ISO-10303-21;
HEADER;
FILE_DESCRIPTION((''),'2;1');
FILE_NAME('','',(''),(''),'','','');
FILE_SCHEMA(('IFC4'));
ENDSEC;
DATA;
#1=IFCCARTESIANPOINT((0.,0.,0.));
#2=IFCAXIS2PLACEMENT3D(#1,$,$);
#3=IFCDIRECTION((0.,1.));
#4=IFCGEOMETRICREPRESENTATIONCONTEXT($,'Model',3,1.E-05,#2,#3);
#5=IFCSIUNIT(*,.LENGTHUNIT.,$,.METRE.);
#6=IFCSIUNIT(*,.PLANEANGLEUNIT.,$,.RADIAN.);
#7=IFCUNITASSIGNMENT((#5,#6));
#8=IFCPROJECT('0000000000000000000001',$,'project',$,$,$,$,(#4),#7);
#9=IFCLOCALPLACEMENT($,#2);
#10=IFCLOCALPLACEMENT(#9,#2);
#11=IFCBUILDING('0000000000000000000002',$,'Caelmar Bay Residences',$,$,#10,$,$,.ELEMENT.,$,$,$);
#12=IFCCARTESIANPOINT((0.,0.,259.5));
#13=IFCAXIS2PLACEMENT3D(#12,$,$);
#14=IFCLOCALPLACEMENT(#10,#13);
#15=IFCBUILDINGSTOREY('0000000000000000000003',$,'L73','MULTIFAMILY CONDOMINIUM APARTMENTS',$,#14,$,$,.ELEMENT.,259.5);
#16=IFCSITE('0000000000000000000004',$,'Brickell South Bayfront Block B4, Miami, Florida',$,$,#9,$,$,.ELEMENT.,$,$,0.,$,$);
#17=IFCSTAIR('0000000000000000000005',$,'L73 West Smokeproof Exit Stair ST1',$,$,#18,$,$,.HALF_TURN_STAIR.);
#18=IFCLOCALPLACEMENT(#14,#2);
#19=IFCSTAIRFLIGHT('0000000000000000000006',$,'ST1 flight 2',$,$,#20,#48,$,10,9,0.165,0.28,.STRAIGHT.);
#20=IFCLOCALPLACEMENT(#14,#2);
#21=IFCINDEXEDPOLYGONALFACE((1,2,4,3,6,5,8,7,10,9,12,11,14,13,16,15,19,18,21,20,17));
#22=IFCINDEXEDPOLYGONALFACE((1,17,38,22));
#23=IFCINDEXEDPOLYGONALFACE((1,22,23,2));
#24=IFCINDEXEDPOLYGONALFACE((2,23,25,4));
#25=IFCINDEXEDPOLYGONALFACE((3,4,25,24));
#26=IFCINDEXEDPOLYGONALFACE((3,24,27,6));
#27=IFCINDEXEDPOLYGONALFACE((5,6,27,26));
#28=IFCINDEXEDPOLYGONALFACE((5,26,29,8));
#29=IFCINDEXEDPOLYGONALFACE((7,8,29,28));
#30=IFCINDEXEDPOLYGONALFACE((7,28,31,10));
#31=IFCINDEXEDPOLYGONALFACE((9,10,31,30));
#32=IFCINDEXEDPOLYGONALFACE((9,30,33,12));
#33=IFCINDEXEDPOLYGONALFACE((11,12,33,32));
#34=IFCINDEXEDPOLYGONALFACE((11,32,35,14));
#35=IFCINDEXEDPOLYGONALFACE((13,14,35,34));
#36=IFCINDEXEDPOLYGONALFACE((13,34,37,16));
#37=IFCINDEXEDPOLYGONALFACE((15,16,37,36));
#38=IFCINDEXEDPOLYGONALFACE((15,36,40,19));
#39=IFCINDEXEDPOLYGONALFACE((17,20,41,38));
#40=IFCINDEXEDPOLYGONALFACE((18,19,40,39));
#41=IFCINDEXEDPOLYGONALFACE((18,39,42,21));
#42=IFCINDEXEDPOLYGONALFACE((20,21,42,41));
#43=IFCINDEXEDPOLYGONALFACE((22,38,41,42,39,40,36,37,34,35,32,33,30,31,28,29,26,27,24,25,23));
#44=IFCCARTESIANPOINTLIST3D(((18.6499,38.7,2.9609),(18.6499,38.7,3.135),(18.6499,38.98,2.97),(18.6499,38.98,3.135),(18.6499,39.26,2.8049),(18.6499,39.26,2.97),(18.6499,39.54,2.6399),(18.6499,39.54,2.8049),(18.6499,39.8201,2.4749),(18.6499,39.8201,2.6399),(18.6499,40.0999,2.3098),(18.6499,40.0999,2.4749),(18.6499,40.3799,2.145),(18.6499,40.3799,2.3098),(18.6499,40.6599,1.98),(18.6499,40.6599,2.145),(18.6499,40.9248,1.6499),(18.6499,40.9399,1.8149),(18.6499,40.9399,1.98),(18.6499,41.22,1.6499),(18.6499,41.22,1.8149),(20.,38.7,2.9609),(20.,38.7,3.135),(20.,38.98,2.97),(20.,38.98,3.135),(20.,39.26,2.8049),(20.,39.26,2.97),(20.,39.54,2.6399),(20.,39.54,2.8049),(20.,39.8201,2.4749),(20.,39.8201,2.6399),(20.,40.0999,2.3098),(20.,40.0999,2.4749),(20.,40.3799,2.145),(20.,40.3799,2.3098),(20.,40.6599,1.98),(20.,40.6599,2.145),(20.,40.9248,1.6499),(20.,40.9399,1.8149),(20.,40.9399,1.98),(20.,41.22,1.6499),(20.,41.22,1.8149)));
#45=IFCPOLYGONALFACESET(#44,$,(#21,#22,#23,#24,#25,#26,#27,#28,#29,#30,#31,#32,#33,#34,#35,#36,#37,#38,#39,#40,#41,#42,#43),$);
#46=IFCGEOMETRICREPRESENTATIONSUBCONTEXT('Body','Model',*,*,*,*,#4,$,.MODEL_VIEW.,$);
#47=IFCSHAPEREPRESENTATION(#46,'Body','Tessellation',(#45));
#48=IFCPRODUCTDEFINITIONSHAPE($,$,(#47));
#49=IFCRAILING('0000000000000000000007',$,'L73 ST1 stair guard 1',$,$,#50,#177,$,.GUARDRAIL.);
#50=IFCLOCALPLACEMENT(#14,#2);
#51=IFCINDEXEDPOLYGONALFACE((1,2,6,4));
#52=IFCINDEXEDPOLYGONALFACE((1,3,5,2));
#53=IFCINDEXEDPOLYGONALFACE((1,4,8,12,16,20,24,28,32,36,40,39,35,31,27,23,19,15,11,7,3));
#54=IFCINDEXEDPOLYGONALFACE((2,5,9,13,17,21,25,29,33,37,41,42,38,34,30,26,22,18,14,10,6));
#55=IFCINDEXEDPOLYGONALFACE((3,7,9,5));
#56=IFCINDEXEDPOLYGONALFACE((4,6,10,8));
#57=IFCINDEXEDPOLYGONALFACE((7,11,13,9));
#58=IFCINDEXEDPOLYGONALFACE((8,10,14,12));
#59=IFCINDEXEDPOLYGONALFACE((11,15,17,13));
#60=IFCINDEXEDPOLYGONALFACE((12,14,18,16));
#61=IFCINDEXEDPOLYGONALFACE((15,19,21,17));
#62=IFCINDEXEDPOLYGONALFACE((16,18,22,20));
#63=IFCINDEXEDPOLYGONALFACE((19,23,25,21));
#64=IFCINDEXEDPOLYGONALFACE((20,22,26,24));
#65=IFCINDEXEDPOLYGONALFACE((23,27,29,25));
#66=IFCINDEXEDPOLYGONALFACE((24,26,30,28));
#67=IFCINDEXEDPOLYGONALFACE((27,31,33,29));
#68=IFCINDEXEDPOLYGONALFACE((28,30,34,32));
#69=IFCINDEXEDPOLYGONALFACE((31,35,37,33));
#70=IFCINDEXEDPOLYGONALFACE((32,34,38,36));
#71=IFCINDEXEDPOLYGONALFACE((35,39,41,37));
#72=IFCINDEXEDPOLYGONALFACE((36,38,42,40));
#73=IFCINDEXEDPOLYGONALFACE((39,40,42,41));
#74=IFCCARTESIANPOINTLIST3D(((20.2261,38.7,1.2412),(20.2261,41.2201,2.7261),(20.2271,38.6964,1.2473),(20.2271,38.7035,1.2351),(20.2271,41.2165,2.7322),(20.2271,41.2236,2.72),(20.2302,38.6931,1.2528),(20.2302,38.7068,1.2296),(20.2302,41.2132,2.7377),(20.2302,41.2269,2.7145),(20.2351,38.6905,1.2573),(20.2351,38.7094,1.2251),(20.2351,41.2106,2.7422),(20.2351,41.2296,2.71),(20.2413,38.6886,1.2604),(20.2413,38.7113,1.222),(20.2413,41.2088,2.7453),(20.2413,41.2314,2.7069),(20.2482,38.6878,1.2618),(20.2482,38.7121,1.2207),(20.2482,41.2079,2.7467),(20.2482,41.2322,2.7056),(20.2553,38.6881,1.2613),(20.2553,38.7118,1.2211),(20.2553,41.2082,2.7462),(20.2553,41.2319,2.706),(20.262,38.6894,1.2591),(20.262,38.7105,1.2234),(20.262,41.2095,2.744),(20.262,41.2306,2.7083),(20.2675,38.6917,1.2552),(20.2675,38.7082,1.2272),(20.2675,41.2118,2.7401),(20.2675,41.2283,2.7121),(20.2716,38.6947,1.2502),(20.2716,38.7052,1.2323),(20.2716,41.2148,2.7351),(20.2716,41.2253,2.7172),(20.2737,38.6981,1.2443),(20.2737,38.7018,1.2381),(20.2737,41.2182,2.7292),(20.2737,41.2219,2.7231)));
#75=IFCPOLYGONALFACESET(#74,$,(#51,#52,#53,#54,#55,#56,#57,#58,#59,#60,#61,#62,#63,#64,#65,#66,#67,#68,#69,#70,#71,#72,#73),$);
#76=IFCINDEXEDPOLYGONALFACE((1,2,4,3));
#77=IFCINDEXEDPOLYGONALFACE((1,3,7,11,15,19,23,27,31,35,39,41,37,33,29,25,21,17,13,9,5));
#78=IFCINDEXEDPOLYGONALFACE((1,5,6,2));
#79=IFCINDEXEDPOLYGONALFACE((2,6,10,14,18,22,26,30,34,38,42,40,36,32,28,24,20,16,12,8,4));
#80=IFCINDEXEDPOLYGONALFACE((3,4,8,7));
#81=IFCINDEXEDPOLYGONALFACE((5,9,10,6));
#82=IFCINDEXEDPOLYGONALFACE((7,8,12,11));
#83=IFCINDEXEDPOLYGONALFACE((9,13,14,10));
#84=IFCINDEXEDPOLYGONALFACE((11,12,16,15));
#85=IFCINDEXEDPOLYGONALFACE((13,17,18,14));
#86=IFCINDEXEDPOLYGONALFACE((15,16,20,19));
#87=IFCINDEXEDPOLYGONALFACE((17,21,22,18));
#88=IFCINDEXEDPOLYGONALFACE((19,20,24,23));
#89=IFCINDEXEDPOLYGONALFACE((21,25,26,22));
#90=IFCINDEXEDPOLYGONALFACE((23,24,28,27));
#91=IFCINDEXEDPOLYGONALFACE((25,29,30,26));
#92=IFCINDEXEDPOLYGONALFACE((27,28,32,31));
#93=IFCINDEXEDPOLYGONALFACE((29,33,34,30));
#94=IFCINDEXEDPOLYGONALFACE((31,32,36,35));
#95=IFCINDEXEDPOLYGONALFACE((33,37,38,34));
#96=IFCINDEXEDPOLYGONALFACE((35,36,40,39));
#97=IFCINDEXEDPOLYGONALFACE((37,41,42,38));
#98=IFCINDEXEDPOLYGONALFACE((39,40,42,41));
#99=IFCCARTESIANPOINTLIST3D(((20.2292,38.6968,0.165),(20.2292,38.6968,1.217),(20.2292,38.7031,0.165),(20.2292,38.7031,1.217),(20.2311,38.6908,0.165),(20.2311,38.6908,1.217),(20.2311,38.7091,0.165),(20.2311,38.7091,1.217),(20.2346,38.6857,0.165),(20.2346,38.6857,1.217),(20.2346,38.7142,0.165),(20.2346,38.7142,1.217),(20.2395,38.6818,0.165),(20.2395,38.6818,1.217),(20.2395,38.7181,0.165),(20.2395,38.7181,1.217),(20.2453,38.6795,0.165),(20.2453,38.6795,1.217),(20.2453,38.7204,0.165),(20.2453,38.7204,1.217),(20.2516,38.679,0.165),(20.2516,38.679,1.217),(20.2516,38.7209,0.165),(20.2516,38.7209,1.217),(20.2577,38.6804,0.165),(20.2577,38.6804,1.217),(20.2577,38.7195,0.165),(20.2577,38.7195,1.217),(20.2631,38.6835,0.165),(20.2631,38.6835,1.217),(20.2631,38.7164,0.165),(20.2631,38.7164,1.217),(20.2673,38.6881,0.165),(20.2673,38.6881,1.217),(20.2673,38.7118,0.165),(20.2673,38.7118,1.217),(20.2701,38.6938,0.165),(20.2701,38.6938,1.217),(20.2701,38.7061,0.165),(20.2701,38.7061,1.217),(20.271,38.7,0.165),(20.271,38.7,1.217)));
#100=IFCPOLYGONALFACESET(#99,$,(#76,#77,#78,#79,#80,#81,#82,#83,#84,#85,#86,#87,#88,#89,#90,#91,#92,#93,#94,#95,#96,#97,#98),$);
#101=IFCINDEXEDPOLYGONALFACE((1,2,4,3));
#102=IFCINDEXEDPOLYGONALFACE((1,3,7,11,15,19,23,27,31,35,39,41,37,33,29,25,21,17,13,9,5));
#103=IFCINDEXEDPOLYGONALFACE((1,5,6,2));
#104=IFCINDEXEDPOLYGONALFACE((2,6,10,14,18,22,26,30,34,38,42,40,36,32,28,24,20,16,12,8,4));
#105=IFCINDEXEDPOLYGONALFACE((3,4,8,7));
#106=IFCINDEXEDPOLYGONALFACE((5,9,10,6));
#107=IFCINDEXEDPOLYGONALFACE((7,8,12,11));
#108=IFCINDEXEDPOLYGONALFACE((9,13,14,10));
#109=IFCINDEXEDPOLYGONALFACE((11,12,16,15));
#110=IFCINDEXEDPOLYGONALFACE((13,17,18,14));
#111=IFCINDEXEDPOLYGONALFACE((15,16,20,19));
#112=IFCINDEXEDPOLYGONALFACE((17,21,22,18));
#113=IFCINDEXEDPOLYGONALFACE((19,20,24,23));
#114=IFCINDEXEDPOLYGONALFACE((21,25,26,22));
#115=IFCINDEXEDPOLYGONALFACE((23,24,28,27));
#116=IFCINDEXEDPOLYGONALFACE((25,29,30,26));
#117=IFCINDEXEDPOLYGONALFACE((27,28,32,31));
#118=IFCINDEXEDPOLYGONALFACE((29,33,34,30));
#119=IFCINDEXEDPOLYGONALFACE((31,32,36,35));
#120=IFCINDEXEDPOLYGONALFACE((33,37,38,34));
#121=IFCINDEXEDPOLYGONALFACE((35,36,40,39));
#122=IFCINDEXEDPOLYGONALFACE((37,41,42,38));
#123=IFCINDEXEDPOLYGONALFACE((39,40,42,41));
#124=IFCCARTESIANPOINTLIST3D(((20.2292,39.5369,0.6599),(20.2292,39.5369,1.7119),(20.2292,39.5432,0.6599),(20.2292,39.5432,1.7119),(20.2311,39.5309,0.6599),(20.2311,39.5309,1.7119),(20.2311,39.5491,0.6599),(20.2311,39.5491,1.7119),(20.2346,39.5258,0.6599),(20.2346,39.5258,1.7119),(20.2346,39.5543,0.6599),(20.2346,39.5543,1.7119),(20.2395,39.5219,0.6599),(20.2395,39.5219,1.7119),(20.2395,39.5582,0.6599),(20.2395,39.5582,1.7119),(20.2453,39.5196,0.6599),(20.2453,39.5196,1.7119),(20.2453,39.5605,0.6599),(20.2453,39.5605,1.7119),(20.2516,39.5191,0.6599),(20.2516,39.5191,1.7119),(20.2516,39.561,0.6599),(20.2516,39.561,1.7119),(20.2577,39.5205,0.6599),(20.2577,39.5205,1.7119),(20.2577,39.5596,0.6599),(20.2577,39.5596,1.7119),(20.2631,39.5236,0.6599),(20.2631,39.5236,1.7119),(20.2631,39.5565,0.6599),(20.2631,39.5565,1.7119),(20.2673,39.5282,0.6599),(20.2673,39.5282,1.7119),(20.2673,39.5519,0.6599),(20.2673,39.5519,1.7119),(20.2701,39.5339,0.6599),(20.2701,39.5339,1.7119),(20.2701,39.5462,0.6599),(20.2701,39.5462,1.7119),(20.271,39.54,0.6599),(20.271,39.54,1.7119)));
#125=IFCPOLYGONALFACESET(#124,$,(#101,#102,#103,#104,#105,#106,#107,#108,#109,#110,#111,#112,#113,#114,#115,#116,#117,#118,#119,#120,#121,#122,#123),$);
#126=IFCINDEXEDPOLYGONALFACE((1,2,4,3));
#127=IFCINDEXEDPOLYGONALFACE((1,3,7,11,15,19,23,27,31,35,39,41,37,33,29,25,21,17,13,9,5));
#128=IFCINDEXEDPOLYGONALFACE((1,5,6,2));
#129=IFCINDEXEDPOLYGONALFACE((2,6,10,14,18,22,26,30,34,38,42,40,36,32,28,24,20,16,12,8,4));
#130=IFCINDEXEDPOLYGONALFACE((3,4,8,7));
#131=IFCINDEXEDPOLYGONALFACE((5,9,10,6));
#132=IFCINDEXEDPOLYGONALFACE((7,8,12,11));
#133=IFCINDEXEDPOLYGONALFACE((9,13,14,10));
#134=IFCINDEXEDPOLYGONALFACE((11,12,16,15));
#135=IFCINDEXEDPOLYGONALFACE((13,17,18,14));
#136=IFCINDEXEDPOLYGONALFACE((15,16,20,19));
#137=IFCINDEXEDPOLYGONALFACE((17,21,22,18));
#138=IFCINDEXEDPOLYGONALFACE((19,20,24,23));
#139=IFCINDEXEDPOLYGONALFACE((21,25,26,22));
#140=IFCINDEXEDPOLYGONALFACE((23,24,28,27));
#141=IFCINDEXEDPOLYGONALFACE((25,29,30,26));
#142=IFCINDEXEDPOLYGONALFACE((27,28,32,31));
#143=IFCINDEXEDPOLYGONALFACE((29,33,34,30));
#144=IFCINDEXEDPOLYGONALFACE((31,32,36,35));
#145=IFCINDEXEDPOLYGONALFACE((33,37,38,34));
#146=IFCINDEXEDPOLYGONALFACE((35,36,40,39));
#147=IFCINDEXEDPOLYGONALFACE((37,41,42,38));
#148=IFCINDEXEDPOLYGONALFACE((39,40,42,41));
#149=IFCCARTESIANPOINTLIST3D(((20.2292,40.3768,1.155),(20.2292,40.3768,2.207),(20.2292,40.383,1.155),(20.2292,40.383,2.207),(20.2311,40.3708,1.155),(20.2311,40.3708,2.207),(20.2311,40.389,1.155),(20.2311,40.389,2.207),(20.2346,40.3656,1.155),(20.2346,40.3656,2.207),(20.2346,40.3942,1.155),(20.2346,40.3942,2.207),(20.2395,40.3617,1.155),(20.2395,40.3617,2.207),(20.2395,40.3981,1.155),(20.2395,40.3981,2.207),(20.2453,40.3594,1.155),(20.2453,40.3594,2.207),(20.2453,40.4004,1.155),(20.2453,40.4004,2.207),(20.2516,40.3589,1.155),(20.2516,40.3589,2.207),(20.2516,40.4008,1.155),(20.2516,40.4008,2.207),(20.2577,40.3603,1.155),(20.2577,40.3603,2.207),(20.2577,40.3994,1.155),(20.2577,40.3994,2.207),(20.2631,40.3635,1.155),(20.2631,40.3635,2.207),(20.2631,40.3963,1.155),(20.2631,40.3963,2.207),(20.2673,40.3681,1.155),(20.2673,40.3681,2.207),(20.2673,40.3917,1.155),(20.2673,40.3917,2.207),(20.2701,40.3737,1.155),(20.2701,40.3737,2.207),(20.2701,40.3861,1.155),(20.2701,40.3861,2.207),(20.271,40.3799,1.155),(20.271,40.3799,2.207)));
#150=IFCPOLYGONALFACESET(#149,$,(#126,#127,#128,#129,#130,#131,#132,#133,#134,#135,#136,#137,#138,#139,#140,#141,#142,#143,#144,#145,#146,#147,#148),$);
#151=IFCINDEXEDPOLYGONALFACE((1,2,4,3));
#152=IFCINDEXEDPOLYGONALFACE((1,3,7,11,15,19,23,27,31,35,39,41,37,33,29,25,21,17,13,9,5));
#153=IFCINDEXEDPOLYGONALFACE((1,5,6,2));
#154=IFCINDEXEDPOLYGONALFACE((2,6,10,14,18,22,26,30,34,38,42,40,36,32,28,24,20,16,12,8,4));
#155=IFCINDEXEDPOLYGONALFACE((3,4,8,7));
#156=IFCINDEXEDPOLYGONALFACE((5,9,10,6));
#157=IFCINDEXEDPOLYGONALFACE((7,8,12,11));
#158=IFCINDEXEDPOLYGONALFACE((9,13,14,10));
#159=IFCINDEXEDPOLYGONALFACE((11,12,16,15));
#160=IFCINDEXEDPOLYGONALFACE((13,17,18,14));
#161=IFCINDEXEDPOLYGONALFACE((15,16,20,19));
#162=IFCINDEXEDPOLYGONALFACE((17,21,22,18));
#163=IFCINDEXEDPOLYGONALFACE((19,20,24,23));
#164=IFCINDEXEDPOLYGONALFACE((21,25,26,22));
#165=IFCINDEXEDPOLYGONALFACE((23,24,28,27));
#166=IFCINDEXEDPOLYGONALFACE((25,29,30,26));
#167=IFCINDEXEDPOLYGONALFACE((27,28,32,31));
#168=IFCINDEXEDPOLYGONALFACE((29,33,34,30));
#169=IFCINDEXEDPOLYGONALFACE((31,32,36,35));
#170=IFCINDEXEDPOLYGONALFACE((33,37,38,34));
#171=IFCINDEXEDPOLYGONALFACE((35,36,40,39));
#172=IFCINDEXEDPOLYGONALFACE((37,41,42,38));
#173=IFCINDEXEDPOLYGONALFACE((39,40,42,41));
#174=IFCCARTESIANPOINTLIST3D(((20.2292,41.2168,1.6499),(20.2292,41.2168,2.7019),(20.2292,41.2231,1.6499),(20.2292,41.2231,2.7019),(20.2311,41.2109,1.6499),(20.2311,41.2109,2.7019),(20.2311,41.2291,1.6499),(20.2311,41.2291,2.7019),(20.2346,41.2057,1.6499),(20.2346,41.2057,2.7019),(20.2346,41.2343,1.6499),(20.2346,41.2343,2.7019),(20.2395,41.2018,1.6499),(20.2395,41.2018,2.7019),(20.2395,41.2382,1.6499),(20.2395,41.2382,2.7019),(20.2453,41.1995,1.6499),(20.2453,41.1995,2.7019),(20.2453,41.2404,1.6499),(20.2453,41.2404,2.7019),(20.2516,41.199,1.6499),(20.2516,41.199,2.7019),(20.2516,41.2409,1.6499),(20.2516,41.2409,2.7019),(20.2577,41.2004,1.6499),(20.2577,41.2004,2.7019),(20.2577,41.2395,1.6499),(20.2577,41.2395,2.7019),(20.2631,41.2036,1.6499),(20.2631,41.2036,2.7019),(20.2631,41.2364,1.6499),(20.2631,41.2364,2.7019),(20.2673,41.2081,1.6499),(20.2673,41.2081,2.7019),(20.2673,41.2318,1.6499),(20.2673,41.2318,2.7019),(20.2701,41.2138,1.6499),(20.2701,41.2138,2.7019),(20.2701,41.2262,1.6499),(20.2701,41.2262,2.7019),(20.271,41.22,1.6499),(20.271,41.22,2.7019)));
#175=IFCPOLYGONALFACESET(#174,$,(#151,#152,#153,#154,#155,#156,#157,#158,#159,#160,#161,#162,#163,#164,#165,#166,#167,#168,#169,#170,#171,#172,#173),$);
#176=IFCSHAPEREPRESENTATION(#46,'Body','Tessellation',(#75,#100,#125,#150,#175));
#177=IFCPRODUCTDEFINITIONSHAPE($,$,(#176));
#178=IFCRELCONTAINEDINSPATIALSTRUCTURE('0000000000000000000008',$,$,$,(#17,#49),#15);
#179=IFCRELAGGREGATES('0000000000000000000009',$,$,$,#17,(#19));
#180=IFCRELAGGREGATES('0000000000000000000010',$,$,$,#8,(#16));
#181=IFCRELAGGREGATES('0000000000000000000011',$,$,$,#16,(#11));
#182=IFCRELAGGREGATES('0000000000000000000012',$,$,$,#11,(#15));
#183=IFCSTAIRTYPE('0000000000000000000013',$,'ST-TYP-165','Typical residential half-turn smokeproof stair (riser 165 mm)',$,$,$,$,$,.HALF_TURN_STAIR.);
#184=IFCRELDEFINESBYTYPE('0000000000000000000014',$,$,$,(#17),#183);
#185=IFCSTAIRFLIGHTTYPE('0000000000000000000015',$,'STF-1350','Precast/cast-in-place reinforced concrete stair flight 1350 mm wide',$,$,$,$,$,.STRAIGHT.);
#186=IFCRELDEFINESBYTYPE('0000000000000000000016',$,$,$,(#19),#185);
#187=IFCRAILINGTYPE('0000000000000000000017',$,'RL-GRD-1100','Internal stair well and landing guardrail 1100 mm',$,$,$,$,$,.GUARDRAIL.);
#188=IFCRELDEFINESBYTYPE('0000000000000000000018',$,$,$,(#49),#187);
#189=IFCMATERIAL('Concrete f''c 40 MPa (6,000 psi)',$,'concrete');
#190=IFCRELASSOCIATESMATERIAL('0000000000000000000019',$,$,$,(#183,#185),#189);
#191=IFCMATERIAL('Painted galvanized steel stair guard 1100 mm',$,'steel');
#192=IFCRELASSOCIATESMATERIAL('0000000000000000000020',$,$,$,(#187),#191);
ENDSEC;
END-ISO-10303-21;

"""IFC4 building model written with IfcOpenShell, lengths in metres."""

from ifc_helpers import new_model, si_unit, direction, frame, origin, origin_2d, place, context, subcontext, project, spatial, polyline, circle, outline, extrude, material, type_object, element, aggregate, save


model = new_model("IFC4")

# Units and contexts
model_context = context("Model", 3, precision=1e-05, world=origin(), true_north=direction((0.0, 1.0)))
body_context = subcontext(model_context, "Body", "Model", "MODEL_VIEW")
ifc_project = project(units=[si_unit("LENGTHUNIT", "METRE"), si_unit("PLANEANGLEUNIT", "RADIAN")], contexts=[model_context])

# Site, building, storey
site_placement = place(None, origin())
site = spatial("IfcSite", under=ifc_project, at=site_placement, Name="Brickell South Bayfront Block B4, Miami, Florida", CompositionType="ELEMENT", RefElevation=0.0)
building_placement = place(site_placement, origin())
building = spatial("IfcBuilding", under=site, at=building_placement, Name="Caelmar Bay Residences", CompositionType="ELEMENT")
storey_placement = place(building_placement, frame((0.0, 0.0, 259.5)))
storey = spatial("IfcBuildingStorey", under=building, at=storey_placement, Name="L73", Description="MULTIFAMILY CONDOMINIUM APARTMENTS", CompositionType="ELEMENT", Elevation=259.5)

# Stair, stair flight
ifc_material_1 = material(Name="Concrete f'c 40 MPa (6,000 psi)", Category="concrete")
stair_type = type_object("IfcStairType", Name="ST-TYP-165", Description="Typical residential half-turn smokeproof stair (riser 165 mm)", PredefinedType="HALF_TURN_STAIR", material=ifc_material_1)
stair_placement = place(storey_placement, origin())
stair = element("IfcStair", 1, at=stair_placement, inside=storey, type_object=stair_type, Name="L73 West Smokeproof Exit Stair ST1", PredefinedType="HALF_TURN_STAIR")
stair_flight_type = type_object("IfcStairFlightType", Name="STF-1350", Description="Precast/cast-in-place reinforced concrete stair flight 1350 mm wide", PredefinedType="STRAIGHT", material=ifc_material_1)
stair_flight_1_placement = place(storey_placement, frame((19.325, 41.22, 1.6499), z_axis=(0.0, 0.0, 1.0), x_axis=(0.0, -1.0, 0.0)))
stair_flight_1 = element("IfcStairFlight", 2, at=stair_flight_1_placement, type_object=stair_flight_type, Name="ST1 flight 2", NumberOfRisers=10, NumberOfTreads=9, PredefinedType="STRAIGHT", RiserHeight=0.165, TreadLength=0.28, context=body_context, shape_type="SweptSolid", body=[
    extrude(outline(polyline([(0.0, 0.0), (0.0, 0.165), (0.28, 0.165), (0.28, 0.3301), (0.5601, 0.3301), (0.5601, 0.4951), (0.8401, 0.4951), (0.8401, 0.6599), (1.1201, 0.6599), (1.1201, 0.825), (1.3999, 0.825), (1.3999, 0.99), (1.6799, 0.99), (1.6799, 1.155), (1.96, 1.155), (1.96, 1.3201), (2.24, 1.3201), (2.24, 1.4851), (2.52, 1.4851), (2.52, 1.6499), (2.52, 1.311), (0.2952, 0.0), (0.0, 0.0)])), frame((0.0, 0.675, 0.0), z_axis=(0.0, -1.0, 0.0), x_axis=(1.0, 0.0, 0.0)), (0.0, 0.0, 1.0), 1.3501),
])
aggregate(stair, [stair_flight_1])

# Railing
ifc_material_2 = material(Name="Painted galvanized steel stair guard 1100 mm", Category="steel")
railing_type_1 = type_object("IfcRailingType", Name="RL-GRD-1100", Description="Internal stair well and landing guardrail 1100 mm", PredefinedType="GUARDRAIL", material=ifc_material_2)
railing_1_placement = place(storey_placement, frame((20.25, 38.7, 0.165)))
element("IfcRailing", 3, at=railing_1_placement, inside=storey, type_object=railing_type_1, Name="L73 ST1 stair guard 1", PredefinedType="GUARDRAIL", context=body_context, shape_type="SweptSolid", body=[
    extrude(circle(Radius=0.0239, at=origin_2d()), frame((0.0, 0.0, 1.0762), z_axis=(0.0, 0.861561, 0.507655), x_axis=(-1.0, 0.0, 0.0)), (0.0, 0.0, 1.0), 2.925),
    extrude(circle(Radius=0.021, at=origin_2d()), origin(), (0.0, 0.0, 1.0), 1.052),
    extrude(circle(Radius=0.021, at=origin_2d()), frame((0.0, 0.8401, 0.4949)), (0.0, 0.0, 1.0), 1.052),
    extrude(circle(Radius=0.021, at=origin_2d()), frame((0.0, 1.6799, 0.99)), (0.0, 0.0, 1.0), 1.052),
    extrude(circle(Radius=0.021, at=origin_2d()), frame((0.0, 2.52, 1.4849)), (0.0, 0.0, 1.0), 1.052),
])

save(model, "model.ifc")
